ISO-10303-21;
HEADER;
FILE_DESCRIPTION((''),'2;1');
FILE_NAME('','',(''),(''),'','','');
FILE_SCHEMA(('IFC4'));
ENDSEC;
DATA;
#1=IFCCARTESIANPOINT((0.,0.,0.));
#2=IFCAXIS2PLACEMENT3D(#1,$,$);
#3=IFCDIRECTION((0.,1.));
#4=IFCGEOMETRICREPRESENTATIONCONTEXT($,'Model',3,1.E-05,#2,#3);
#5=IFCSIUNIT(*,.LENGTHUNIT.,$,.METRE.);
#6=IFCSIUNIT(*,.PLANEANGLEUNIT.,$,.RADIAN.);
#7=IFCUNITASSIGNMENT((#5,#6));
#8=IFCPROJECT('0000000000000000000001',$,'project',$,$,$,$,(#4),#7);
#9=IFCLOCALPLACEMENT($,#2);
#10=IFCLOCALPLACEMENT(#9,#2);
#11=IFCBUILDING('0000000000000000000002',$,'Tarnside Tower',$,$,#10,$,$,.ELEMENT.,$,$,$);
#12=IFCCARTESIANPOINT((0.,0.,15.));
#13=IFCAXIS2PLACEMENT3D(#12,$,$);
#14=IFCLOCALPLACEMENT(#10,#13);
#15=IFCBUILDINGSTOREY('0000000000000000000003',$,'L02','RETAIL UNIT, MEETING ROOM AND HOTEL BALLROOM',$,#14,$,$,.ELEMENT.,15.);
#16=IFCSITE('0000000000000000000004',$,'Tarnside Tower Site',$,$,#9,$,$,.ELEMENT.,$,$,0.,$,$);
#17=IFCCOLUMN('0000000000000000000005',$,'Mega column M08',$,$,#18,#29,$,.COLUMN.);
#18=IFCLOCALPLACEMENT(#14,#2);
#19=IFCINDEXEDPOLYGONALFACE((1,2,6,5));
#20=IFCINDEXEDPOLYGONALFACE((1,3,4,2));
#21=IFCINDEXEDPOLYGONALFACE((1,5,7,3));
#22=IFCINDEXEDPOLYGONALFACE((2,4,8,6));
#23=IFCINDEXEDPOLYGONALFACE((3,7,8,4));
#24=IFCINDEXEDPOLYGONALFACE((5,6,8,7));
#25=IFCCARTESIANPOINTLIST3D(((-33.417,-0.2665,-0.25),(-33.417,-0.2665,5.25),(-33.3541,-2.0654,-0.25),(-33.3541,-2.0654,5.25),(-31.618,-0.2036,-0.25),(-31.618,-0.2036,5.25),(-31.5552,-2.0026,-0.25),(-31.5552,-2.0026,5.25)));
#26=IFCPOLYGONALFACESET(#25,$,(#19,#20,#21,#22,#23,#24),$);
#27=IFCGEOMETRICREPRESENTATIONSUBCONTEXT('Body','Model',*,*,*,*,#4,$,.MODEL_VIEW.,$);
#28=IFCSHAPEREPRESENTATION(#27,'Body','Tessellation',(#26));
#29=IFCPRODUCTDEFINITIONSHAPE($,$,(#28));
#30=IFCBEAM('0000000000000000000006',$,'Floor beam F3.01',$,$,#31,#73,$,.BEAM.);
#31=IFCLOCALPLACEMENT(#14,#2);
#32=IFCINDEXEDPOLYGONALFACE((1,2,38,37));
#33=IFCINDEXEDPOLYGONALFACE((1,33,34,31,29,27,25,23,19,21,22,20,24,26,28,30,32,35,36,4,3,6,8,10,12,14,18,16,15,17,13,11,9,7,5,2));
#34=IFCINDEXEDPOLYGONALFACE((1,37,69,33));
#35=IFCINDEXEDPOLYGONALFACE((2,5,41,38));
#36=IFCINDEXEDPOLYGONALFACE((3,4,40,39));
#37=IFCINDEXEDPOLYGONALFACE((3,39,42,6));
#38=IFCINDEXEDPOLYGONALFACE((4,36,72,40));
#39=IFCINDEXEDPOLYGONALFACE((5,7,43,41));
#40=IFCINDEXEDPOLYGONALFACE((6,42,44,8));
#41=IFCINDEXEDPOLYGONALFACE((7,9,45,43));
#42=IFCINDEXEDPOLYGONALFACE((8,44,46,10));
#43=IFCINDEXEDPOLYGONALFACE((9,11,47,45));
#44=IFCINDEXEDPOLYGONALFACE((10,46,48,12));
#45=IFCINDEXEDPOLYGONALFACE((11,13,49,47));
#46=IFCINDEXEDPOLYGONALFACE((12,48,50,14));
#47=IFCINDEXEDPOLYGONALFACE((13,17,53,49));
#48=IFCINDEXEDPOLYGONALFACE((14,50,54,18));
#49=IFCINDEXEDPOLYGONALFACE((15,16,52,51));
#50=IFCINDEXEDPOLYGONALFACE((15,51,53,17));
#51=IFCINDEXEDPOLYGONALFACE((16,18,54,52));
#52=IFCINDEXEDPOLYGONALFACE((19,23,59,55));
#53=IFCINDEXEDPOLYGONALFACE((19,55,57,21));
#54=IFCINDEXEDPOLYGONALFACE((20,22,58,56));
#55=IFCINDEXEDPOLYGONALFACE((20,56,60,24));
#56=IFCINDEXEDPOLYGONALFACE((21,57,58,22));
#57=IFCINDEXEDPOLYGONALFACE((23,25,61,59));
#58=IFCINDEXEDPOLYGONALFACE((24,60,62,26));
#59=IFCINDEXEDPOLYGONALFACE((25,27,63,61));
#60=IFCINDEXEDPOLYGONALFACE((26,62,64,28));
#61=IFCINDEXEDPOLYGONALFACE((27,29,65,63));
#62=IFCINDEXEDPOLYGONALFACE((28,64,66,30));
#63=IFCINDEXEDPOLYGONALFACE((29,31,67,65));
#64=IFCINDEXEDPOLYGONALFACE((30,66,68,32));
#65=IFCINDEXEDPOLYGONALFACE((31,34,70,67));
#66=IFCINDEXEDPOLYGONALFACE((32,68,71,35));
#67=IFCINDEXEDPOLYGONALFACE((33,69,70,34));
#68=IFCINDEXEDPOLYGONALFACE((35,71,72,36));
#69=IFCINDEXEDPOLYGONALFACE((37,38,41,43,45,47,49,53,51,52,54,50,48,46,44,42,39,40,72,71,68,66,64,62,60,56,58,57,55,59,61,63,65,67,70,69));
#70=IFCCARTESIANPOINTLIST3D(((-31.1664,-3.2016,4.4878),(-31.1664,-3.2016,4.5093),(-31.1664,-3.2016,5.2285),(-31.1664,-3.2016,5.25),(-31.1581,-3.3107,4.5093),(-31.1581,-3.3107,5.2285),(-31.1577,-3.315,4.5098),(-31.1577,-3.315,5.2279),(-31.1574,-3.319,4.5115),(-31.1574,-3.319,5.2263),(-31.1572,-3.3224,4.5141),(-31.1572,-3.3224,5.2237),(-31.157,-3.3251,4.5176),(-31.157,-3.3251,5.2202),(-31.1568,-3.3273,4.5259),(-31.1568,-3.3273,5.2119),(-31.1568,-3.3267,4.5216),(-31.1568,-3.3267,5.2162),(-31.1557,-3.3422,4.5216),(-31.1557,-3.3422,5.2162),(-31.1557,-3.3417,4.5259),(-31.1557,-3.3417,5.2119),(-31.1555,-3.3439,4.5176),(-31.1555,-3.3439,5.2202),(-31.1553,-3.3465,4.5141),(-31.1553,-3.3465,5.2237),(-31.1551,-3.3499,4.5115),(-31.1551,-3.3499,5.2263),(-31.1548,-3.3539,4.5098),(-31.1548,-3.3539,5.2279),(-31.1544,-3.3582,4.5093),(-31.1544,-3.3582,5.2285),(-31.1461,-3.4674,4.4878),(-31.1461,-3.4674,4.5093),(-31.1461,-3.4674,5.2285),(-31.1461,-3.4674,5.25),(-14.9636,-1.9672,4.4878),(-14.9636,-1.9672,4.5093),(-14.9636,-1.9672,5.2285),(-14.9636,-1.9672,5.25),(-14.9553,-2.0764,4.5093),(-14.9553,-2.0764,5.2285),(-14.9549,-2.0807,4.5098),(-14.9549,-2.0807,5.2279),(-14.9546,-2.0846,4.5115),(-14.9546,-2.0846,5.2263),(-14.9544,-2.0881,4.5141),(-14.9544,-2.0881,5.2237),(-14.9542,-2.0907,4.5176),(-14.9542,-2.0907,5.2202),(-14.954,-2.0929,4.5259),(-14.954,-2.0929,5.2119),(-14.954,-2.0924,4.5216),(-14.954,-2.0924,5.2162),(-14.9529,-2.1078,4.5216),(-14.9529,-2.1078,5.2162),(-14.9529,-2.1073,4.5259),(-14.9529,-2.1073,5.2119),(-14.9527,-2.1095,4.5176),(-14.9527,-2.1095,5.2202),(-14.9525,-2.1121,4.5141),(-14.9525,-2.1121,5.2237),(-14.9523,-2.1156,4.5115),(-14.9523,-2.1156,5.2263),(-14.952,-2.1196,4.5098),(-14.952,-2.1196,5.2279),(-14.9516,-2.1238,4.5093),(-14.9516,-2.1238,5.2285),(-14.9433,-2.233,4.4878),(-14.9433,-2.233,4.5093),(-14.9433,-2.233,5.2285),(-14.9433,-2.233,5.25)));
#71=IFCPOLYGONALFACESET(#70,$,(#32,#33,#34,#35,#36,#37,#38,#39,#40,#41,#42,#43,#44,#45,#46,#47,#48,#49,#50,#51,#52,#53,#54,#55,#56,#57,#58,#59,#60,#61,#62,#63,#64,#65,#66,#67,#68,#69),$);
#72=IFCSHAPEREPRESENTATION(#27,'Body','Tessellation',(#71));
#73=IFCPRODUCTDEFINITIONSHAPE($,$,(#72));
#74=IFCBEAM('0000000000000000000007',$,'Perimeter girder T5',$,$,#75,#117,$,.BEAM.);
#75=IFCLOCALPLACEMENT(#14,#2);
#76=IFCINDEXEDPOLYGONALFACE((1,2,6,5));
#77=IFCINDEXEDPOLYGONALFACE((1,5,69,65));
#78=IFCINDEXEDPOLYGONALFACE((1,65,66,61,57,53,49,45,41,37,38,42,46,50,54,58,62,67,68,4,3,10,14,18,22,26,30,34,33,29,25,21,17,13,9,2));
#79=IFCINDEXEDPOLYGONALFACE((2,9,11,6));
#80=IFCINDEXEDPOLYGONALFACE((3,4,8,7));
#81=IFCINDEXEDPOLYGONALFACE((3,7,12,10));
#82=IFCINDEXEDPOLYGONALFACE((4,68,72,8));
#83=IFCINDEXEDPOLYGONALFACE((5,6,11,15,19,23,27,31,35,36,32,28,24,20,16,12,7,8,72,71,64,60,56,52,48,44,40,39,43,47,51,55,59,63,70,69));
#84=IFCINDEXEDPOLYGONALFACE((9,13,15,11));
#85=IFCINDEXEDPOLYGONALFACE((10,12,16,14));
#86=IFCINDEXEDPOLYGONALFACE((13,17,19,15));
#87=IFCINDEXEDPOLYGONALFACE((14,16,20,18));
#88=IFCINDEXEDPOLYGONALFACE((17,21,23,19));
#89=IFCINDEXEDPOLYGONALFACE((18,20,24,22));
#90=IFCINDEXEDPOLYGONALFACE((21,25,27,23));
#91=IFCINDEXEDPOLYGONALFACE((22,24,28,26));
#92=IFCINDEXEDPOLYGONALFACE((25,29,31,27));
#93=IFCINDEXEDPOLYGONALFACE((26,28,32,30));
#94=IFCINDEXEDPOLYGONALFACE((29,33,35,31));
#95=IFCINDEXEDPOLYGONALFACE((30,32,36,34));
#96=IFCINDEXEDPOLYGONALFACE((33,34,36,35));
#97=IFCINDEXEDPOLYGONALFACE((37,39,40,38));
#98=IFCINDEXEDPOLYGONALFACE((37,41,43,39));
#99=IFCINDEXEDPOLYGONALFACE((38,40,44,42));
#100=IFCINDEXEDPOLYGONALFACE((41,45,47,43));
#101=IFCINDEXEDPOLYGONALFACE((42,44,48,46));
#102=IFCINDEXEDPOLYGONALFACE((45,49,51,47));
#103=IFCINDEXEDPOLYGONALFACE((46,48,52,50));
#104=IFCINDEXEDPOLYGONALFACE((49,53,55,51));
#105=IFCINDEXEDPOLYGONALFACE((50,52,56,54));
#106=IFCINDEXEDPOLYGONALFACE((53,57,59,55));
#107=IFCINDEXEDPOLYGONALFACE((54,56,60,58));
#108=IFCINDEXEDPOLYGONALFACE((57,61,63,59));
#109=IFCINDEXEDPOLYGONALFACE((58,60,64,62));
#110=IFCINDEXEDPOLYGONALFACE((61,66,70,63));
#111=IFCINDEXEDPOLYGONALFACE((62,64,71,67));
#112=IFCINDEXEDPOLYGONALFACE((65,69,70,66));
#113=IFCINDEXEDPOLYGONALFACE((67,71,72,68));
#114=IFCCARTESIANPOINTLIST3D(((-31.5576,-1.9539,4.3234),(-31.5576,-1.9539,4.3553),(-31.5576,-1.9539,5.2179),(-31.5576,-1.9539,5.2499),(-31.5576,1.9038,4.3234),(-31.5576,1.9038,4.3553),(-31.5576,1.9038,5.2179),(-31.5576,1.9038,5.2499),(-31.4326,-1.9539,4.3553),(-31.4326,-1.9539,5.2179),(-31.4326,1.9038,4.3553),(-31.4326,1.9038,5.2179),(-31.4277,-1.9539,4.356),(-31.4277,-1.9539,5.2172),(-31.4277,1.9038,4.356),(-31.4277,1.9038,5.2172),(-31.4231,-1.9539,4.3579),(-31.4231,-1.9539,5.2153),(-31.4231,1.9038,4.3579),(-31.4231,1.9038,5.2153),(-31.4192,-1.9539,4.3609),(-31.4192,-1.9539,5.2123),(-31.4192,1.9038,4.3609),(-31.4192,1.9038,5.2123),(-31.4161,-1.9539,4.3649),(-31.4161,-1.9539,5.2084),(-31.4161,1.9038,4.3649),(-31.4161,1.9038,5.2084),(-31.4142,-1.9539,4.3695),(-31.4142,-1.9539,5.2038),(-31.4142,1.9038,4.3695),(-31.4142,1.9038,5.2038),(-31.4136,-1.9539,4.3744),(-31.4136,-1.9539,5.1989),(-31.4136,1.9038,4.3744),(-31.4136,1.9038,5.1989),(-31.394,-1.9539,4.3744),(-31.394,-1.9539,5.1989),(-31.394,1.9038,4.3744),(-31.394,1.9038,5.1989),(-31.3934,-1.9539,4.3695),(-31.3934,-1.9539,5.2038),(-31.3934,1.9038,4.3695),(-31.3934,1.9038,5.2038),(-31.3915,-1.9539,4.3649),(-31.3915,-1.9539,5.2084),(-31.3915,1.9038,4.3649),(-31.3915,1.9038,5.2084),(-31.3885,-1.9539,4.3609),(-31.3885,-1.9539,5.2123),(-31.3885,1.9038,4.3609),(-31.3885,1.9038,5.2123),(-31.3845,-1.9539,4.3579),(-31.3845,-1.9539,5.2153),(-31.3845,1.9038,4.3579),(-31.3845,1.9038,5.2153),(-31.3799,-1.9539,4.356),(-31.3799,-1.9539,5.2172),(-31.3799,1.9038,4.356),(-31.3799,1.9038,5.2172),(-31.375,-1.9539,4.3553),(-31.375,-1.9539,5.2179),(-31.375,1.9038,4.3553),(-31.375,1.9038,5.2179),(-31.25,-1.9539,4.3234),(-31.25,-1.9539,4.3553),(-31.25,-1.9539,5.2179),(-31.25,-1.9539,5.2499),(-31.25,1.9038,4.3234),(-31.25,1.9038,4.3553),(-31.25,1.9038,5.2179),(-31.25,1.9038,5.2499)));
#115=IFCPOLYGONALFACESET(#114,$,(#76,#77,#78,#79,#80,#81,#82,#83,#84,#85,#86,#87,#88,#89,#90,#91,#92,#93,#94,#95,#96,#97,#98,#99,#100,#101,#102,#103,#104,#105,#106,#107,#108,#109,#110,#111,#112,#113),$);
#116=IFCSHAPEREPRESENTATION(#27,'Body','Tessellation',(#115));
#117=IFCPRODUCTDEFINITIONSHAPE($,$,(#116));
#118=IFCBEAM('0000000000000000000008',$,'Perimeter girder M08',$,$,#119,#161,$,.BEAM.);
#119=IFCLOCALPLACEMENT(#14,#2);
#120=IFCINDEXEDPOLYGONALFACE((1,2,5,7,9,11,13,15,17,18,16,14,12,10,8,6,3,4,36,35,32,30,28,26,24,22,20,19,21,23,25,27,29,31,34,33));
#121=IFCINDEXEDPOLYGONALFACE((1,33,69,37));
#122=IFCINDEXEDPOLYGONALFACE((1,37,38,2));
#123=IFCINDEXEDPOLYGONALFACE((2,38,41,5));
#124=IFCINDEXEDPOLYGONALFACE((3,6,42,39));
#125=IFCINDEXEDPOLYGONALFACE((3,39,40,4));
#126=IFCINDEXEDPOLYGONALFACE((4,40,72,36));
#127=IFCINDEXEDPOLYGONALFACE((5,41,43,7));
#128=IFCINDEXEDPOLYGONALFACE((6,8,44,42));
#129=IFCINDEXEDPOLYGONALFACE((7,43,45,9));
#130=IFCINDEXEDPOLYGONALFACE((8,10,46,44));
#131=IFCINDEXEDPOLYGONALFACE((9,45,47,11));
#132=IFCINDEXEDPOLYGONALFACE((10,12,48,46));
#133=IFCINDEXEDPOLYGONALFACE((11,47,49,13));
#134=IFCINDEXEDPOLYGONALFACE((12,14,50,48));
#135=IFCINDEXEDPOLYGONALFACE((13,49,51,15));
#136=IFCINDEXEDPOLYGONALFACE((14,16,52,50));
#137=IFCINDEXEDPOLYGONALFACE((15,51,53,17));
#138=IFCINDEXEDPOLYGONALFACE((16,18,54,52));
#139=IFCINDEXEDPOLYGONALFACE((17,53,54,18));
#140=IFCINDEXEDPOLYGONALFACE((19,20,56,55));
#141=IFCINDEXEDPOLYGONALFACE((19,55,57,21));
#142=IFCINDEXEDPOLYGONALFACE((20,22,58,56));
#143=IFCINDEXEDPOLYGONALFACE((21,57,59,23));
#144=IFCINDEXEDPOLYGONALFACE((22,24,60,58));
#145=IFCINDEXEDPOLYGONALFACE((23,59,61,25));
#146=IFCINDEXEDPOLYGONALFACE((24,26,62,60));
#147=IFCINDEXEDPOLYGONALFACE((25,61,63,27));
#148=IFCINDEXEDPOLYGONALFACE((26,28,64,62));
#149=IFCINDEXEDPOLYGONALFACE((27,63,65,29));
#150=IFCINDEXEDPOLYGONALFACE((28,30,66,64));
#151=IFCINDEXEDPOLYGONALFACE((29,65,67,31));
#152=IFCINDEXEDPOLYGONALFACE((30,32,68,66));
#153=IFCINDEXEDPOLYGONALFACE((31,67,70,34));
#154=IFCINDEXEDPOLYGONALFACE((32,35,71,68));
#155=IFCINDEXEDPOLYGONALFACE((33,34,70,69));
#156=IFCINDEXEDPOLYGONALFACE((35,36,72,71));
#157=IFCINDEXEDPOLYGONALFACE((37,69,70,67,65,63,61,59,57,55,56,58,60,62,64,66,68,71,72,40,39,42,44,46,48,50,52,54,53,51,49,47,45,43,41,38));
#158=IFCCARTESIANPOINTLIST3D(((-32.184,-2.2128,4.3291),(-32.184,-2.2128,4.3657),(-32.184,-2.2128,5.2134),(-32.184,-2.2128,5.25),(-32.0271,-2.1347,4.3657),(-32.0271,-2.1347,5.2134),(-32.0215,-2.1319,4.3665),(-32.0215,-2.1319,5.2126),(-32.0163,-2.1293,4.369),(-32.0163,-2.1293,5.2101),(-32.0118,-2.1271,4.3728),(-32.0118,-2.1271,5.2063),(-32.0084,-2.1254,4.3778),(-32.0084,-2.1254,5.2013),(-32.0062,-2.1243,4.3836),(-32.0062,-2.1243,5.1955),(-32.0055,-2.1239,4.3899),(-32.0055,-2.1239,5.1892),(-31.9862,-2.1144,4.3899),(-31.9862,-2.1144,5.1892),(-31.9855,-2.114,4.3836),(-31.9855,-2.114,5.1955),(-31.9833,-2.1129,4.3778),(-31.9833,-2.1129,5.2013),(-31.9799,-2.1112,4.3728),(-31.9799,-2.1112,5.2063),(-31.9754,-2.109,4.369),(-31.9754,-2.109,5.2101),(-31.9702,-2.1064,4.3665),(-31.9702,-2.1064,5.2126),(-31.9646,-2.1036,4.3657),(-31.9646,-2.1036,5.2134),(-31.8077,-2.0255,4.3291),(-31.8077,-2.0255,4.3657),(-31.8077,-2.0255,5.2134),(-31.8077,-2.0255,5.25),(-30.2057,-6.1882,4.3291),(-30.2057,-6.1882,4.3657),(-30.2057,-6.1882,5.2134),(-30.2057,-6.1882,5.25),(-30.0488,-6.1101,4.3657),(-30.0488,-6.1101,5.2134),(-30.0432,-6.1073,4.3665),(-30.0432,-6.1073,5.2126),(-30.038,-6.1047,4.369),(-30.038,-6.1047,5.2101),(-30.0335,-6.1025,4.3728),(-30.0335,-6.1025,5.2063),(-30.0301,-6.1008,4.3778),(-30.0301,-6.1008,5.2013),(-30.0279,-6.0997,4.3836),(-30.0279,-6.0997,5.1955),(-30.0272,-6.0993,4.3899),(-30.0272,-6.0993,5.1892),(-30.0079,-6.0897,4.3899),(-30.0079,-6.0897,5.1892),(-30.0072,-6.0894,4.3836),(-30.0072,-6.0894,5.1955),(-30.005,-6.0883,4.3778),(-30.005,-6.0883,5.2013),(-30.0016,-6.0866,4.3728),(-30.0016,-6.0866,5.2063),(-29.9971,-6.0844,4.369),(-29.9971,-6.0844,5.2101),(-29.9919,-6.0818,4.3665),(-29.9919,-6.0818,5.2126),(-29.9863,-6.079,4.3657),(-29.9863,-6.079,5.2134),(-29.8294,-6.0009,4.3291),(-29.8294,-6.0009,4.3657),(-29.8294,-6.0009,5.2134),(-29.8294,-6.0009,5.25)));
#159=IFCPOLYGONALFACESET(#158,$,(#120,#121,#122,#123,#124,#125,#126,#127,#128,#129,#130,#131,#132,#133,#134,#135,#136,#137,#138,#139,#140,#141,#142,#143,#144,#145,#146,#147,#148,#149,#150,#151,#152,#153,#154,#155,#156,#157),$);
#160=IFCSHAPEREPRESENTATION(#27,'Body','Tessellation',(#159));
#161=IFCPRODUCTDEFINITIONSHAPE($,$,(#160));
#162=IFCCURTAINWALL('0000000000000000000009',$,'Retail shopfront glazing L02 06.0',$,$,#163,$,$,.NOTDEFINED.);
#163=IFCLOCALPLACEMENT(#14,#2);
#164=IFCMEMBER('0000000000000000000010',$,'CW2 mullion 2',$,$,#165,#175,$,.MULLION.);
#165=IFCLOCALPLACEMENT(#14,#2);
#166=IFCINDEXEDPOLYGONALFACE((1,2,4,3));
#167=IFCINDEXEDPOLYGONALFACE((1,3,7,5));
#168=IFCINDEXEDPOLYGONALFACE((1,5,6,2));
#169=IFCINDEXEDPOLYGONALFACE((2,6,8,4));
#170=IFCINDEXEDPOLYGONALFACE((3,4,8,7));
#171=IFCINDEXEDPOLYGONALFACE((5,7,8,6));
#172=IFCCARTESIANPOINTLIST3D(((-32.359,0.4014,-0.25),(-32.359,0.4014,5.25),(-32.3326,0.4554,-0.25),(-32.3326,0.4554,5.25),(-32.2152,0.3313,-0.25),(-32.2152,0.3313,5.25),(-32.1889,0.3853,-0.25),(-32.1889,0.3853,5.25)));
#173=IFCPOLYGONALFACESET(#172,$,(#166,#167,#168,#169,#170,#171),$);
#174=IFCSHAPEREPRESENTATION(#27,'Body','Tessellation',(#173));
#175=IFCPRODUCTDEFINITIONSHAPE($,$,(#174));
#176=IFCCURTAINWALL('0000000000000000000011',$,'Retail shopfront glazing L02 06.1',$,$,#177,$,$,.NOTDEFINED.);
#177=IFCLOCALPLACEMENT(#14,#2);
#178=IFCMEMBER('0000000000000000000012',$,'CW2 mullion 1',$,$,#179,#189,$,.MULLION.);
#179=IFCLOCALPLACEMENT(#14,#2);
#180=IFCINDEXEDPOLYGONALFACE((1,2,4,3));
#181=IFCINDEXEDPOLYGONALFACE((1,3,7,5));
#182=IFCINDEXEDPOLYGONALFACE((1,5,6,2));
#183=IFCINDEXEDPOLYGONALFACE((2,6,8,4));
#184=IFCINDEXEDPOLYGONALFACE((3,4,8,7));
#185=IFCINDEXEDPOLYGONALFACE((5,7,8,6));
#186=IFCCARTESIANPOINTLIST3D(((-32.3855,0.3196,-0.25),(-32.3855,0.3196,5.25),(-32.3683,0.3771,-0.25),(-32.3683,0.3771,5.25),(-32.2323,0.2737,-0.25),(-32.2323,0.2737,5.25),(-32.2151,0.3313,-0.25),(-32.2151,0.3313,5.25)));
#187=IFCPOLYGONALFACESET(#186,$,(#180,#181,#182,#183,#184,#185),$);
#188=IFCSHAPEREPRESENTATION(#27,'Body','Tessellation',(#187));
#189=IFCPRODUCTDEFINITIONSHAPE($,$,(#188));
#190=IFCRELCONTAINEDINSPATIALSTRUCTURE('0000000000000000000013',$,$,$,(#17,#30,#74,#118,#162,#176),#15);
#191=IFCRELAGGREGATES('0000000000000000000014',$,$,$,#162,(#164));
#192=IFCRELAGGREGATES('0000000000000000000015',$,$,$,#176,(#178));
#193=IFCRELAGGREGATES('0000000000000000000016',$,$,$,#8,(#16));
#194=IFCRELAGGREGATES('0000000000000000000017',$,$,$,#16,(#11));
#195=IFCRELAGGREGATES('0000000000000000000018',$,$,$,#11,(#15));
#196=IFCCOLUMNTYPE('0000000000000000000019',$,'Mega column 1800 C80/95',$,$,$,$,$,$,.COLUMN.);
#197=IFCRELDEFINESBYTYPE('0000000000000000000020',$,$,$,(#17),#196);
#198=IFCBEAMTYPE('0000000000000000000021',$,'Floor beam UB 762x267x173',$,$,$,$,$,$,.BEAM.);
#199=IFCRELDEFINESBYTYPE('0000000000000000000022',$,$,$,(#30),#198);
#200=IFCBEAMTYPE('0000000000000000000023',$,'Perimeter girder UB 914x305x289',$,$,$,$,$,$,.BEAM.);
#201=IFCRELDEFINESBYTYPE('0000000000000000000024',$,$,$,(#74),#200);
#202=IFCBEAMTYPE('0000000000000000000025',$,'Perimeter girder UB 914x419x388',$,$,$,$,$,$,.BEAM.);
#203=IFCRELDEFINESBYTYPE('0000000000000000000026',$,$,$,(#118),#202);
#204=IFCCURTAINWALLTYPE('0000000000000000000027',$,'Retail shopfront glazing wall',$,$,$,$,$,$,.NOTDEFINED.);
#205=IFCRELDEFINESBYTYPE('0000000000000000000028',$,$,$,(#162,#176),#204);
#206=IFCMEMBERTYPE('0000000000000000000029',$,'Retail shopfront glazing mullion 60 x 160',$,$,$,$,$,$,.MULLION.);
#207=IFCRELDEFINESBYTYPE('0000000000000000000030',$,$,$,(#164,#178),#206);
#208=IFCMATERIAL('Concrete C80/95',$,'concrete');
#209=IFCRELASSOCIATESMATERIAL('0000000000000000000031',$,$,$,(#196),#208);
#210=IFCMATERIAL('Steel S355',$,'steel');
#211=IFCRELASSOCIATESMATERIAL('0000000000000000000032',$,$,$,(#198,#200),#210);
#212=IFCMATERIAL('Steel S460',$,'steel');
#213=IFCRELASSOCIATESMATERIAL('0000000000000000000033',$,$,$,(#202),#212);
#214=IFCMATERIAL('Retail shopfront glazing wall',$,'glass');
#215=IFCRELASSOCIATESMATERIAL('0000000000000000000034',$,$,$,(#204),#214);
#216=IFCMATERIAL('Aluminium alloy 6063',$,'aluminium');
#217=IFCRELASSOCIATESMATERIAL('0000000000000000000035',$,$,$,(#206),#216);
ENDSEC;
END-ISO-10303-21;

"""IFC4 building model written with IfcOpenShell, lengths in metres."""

from ifc_helpers import new_model, si_unit, direction, frame, origin, origin_2d, place, context, subcontext, project, spatial, rectangle, i_section, extrude, material, material_profile, profile_set, type_object, element, aggregate, save


model = new_model("IFC4")

# Units and contexts
model_context = context("Model", 3, precision=1e-05, world=origin(), true_north=direction((0.0, 1.0)))
body_context = subcontext(model_context, "Body", "Model", "MODEL_VIEW")
ifc_project = project(units=[si_unit("LENGTHUNIT", "METRE"), si_unit("PLANEANGLEUNIT", "RADIAN")], contexts=[model_context])

# Site, building, storey
site_placement = place(None, origin())
site = spatial("IfcSite", under=ifc_project, at=site_placement, Name="Tarnside Tower Site", CompositionType="ELEMENT", RefElevation=0.0)
building_placement = place(site_placement, origin())
building = spatial("IfcBuilding", under=site, at=building_placement, Name="Tarnside Tower", CompositionType="ELEMENT")
storey_placement = place(building_placement, frame((0.0, 0.0, 15.0)))
storey = spatial("IfcBuildingStorey", under=building, at=storey_placement, Name="L02", Description="RETAIL UNIT, MEETING ROOM AND HOTEL BALLROOM", CompositionType="ELEMENT", Elevation=15.0)

# Column
ifc_material_1 = material(Name="Concrete C80/95", Category="concrete")
ifc_material_profile_1 = material_profile(ifc_material_1, rectangle(XDim=1.8, YDim=1.8, at=origin_2d()), Name="Mega column 1800x1800")
ifc_profile_set_1 = profile_set([ifc_material_profile_1], Name="Concrete C80/95")
column_type = type_object("IfcColumnType", Name="Mega column 1800 C80/95", PredefinedType="COLUMN", material=ifc_profile_set_1)
column_placement = place(storey_placement, frame((-32.4861, -1.1345, -0.25), z_axis=(0.0, 0.0, 1.0), x_axis=(-0.034899, 0.999391, 0.0)))
element("IfcColumn", 1, at=column_placement, inside=storey, type_object=column_type, Name="Mega column M08", PredefinedType="COLUMN", context=body_context, shape_type="SweptSolid", body=[
    extrude(rectangle(XDim=1.8, YDim=1.8, at=origin_2d()), origin(), (0.0, 0.0, 1.0), 5.5),
])

# Beams
ifc_material_2 = material(Name="Steel S355", Category="steel")
ifc_material_profile_2 = material_profile(ifc_material_2, i_section(OverallWidth=0.2666, OverallDepth=0.7622, WebThickness=0.0144, FlangeThickness=0.0215, FilletRadius=0.0166, at=origin_2d()), Name="UB 762x267x173")
ifc_profile_set_2 = profile_set([ifc_material_profile_2], Name="Steel S355")
beam_type_1 = type_object("IfcBeamType", Name="Floor beam UB 762x267x173", PredefinedType="BEAM", material=ifc_profile_set_2)
beam_1_placement = place(storey_placement, frame((-31.1562, -3.3345, 4.8689), z_axis=(0.997111, 0.075962, 0.0), x_axis=(-0.075962, 0.997111, 0.0)))
element("IfcBeam", 2, at=beam_1_placement, inside=storey, type_object=beam_type_1, Name="Floor beam F3.01", PredefinedType="BEAM", context=body_context, shape_type="SweptSolid", body=[
    extrude(i_section(OverallWidth=0.2666, OverallDepth=0.7622, WebThickness=0.0144, FlangeThickness=0.0215, FilletRadius=0.0166, at=origin_2d()), origin(), (0.0, 0.0, 1.0), 16.2498),
])
ifc_material_profile_3 = material_profile(ifc_material_2, i_section(OverallWidth=0.3076, OverallDepth=0.9265, WebThickness=0.0195, FlangeThickness=0.032, FilletRadius=0.019, at=origin_2d()), Name="UB 914x305x289")
ifc_profile_set_3 = profile_set([ifc_material_profile_3], Name="Steel S355")
beam_type_2 = type_object("IfcBeamType", Name="Perimeter girder UB 914x305x289", PredefinedType="BEAM", material=ifc_profile_set_3)
beam_2_placement = place(storey_placement, frame((-31.4038, -1.9539, 4.7866), z_axis=(0.0, 1.0, 0.0), x_axis=(-1.0, 0.0, 0.0)))
element("IfcBeam", 3, at=beam_2_placement, inside=storey, type_object=beam_type_2, Name="Perimeter girder T5", PredefinedType="BEAM", context=body_context, shape_type="SweptSolid", body=[
    extrude(i_section(OverallWidth=0.3076, OverallDepth=0.9265, WebThickness=0.0195, FlangeThickness=0.032, FilletRadius=0.019, at=origin_2d()), origin(), (0.0, 0.0, 1.0), 3.8577),
])
ifc_material_3 = material(Name="Steel S460", Category="steel")
ifc_material_profile_4 = material_profile(ifc_material_3, i_section(OverallWidth=0.4204, OverallDepth=0.9209, WebThickness=0.0215, FlangeThickness=0.0366, FilletRadius=0.0242, at=origin_2d()), Name="UB 914x419x388")
ifc_profile_set_4 = profile_set([ifc_material_profile_4], Name="Steel S460")
beam_type_3 = type_object("IfcBeamType", Name="Perimeter girder UB 914x419x388", PredefinedType="BEAM", material=ifc_profile_set_4)
beam_3_placement = place(storey_placement, frame((-31.9958, -2.1191, 4.7896), z_axis=(0.445519, -0.895272, 0.0), x_axis=(0.895272, 0.445519, 0.0)))
element("IfcBeam", 4, at=beam_3_placement, inside=storey, type_object=beam_type_3, Name="Perimeter girder M08", PredefinedType="BEAM", context=body_context, shape_type="SweptSolid", body=[
    extrude(i_section(OverallWidth=0.4204, OverallDepth=0.9209, WebThickness=0.0215, FlangeThickness=0.0366, FilletRadius=0.0242, at=origin_2d()), origin(), (0.0, 0.0, 1.0), 4.4404),
])

# Curtain wall, member
ifc_material_4 = material(Name="Retail shopfront glazing wall", Category="glass")
curtain_wall_type = type_object("IfcCurtainWallType", Name="Retail shopfront glazing wall", PredefinedType="NOTDEFINED", material=ifc_material_4)
curtain_wall_1_placement = place(storey_placement, origin())
curtain_wall_1 = element("IfcCurtainWall", 5, at=curtain_wall_1_placement, inside=storey, type_object=curtain_wall_type, Name="Retail shopfront glazing L02 06.0", PredefinedType="NOTDEFINED")
ifc_material_5 = material(Name="Aluminium alloy 6063", Category="aluminium")
ifc_material_profile_5 = material_profile(ifc_material_5, rectangle(XDim=0.1599, YDim=0.0601, at=origin_2d()), Name="Retail shopfront glazing mullion 60 x 160")
ifc_profile_set_5 = profile_set([ifc_material_profile_5], Name="Aluminium alloy 6063")
member_type_1 = type_object("IfcMemberType", Name="Retail shopfront glazing mullion 60 x 160", PredefinedType="MULLION", material=ifc_profile_set_5)
member_1_placement = place(storey_placement, frame((-32.2739, 0.3933, -0.25), z_axis=(0.0, 0.0, 1.0), x_axis=(0.898794, -0.438371, 0.0)))
member_1 = element("IfcMember", 6, at=member_1_placement, type_object=member_type_1, Name="CW2 mullion 2", PredefinedType="MULLION", context=body_context, shape_type="SweptSolid", body=[
    extrude(rectangle(XDim=0.1599, YDim=0.0601, at=origin_2d()), origin(), (0.0, 0.0, 1.0), 5.5),
])
aggregate(curtain_wall_1, [member_1])

# Curtain wall, member
curtain_wall_2_placement = place(storey_placement, origin())
curtain_wall_2 = element("IfcCurtainWall", 7, at=curtain_wall_2_placement, inside=storey, type_object=curtain_wall_type, Name="Retail shopfront glazing L02 06.1", PredefinedType="NOTDEFINED")
member_2_placement = place(storey_placement, frame((-32.3003, 0.3254, -0.25), z_axis=(0.0, 0.0, 1.0), x_axis=(0.95799, -0.286803, 0.0)))
member_2 = element("IfcMember", 8, at=member_2_placement, type_object=member_type_1, Name="CW2 mullion 1", PredefinedType="MULLION", context=body_context, shape_type="SweptSolid", body=[
    extrude(rectangle(XDim=0.1599, YDim=0.0601, at=origin_2d()), origin(), (0.0, 0.0, 1.0), 5.5),
])

aggregate(curtain_wall_2, [member_2])

save(model, "model.ifc")
